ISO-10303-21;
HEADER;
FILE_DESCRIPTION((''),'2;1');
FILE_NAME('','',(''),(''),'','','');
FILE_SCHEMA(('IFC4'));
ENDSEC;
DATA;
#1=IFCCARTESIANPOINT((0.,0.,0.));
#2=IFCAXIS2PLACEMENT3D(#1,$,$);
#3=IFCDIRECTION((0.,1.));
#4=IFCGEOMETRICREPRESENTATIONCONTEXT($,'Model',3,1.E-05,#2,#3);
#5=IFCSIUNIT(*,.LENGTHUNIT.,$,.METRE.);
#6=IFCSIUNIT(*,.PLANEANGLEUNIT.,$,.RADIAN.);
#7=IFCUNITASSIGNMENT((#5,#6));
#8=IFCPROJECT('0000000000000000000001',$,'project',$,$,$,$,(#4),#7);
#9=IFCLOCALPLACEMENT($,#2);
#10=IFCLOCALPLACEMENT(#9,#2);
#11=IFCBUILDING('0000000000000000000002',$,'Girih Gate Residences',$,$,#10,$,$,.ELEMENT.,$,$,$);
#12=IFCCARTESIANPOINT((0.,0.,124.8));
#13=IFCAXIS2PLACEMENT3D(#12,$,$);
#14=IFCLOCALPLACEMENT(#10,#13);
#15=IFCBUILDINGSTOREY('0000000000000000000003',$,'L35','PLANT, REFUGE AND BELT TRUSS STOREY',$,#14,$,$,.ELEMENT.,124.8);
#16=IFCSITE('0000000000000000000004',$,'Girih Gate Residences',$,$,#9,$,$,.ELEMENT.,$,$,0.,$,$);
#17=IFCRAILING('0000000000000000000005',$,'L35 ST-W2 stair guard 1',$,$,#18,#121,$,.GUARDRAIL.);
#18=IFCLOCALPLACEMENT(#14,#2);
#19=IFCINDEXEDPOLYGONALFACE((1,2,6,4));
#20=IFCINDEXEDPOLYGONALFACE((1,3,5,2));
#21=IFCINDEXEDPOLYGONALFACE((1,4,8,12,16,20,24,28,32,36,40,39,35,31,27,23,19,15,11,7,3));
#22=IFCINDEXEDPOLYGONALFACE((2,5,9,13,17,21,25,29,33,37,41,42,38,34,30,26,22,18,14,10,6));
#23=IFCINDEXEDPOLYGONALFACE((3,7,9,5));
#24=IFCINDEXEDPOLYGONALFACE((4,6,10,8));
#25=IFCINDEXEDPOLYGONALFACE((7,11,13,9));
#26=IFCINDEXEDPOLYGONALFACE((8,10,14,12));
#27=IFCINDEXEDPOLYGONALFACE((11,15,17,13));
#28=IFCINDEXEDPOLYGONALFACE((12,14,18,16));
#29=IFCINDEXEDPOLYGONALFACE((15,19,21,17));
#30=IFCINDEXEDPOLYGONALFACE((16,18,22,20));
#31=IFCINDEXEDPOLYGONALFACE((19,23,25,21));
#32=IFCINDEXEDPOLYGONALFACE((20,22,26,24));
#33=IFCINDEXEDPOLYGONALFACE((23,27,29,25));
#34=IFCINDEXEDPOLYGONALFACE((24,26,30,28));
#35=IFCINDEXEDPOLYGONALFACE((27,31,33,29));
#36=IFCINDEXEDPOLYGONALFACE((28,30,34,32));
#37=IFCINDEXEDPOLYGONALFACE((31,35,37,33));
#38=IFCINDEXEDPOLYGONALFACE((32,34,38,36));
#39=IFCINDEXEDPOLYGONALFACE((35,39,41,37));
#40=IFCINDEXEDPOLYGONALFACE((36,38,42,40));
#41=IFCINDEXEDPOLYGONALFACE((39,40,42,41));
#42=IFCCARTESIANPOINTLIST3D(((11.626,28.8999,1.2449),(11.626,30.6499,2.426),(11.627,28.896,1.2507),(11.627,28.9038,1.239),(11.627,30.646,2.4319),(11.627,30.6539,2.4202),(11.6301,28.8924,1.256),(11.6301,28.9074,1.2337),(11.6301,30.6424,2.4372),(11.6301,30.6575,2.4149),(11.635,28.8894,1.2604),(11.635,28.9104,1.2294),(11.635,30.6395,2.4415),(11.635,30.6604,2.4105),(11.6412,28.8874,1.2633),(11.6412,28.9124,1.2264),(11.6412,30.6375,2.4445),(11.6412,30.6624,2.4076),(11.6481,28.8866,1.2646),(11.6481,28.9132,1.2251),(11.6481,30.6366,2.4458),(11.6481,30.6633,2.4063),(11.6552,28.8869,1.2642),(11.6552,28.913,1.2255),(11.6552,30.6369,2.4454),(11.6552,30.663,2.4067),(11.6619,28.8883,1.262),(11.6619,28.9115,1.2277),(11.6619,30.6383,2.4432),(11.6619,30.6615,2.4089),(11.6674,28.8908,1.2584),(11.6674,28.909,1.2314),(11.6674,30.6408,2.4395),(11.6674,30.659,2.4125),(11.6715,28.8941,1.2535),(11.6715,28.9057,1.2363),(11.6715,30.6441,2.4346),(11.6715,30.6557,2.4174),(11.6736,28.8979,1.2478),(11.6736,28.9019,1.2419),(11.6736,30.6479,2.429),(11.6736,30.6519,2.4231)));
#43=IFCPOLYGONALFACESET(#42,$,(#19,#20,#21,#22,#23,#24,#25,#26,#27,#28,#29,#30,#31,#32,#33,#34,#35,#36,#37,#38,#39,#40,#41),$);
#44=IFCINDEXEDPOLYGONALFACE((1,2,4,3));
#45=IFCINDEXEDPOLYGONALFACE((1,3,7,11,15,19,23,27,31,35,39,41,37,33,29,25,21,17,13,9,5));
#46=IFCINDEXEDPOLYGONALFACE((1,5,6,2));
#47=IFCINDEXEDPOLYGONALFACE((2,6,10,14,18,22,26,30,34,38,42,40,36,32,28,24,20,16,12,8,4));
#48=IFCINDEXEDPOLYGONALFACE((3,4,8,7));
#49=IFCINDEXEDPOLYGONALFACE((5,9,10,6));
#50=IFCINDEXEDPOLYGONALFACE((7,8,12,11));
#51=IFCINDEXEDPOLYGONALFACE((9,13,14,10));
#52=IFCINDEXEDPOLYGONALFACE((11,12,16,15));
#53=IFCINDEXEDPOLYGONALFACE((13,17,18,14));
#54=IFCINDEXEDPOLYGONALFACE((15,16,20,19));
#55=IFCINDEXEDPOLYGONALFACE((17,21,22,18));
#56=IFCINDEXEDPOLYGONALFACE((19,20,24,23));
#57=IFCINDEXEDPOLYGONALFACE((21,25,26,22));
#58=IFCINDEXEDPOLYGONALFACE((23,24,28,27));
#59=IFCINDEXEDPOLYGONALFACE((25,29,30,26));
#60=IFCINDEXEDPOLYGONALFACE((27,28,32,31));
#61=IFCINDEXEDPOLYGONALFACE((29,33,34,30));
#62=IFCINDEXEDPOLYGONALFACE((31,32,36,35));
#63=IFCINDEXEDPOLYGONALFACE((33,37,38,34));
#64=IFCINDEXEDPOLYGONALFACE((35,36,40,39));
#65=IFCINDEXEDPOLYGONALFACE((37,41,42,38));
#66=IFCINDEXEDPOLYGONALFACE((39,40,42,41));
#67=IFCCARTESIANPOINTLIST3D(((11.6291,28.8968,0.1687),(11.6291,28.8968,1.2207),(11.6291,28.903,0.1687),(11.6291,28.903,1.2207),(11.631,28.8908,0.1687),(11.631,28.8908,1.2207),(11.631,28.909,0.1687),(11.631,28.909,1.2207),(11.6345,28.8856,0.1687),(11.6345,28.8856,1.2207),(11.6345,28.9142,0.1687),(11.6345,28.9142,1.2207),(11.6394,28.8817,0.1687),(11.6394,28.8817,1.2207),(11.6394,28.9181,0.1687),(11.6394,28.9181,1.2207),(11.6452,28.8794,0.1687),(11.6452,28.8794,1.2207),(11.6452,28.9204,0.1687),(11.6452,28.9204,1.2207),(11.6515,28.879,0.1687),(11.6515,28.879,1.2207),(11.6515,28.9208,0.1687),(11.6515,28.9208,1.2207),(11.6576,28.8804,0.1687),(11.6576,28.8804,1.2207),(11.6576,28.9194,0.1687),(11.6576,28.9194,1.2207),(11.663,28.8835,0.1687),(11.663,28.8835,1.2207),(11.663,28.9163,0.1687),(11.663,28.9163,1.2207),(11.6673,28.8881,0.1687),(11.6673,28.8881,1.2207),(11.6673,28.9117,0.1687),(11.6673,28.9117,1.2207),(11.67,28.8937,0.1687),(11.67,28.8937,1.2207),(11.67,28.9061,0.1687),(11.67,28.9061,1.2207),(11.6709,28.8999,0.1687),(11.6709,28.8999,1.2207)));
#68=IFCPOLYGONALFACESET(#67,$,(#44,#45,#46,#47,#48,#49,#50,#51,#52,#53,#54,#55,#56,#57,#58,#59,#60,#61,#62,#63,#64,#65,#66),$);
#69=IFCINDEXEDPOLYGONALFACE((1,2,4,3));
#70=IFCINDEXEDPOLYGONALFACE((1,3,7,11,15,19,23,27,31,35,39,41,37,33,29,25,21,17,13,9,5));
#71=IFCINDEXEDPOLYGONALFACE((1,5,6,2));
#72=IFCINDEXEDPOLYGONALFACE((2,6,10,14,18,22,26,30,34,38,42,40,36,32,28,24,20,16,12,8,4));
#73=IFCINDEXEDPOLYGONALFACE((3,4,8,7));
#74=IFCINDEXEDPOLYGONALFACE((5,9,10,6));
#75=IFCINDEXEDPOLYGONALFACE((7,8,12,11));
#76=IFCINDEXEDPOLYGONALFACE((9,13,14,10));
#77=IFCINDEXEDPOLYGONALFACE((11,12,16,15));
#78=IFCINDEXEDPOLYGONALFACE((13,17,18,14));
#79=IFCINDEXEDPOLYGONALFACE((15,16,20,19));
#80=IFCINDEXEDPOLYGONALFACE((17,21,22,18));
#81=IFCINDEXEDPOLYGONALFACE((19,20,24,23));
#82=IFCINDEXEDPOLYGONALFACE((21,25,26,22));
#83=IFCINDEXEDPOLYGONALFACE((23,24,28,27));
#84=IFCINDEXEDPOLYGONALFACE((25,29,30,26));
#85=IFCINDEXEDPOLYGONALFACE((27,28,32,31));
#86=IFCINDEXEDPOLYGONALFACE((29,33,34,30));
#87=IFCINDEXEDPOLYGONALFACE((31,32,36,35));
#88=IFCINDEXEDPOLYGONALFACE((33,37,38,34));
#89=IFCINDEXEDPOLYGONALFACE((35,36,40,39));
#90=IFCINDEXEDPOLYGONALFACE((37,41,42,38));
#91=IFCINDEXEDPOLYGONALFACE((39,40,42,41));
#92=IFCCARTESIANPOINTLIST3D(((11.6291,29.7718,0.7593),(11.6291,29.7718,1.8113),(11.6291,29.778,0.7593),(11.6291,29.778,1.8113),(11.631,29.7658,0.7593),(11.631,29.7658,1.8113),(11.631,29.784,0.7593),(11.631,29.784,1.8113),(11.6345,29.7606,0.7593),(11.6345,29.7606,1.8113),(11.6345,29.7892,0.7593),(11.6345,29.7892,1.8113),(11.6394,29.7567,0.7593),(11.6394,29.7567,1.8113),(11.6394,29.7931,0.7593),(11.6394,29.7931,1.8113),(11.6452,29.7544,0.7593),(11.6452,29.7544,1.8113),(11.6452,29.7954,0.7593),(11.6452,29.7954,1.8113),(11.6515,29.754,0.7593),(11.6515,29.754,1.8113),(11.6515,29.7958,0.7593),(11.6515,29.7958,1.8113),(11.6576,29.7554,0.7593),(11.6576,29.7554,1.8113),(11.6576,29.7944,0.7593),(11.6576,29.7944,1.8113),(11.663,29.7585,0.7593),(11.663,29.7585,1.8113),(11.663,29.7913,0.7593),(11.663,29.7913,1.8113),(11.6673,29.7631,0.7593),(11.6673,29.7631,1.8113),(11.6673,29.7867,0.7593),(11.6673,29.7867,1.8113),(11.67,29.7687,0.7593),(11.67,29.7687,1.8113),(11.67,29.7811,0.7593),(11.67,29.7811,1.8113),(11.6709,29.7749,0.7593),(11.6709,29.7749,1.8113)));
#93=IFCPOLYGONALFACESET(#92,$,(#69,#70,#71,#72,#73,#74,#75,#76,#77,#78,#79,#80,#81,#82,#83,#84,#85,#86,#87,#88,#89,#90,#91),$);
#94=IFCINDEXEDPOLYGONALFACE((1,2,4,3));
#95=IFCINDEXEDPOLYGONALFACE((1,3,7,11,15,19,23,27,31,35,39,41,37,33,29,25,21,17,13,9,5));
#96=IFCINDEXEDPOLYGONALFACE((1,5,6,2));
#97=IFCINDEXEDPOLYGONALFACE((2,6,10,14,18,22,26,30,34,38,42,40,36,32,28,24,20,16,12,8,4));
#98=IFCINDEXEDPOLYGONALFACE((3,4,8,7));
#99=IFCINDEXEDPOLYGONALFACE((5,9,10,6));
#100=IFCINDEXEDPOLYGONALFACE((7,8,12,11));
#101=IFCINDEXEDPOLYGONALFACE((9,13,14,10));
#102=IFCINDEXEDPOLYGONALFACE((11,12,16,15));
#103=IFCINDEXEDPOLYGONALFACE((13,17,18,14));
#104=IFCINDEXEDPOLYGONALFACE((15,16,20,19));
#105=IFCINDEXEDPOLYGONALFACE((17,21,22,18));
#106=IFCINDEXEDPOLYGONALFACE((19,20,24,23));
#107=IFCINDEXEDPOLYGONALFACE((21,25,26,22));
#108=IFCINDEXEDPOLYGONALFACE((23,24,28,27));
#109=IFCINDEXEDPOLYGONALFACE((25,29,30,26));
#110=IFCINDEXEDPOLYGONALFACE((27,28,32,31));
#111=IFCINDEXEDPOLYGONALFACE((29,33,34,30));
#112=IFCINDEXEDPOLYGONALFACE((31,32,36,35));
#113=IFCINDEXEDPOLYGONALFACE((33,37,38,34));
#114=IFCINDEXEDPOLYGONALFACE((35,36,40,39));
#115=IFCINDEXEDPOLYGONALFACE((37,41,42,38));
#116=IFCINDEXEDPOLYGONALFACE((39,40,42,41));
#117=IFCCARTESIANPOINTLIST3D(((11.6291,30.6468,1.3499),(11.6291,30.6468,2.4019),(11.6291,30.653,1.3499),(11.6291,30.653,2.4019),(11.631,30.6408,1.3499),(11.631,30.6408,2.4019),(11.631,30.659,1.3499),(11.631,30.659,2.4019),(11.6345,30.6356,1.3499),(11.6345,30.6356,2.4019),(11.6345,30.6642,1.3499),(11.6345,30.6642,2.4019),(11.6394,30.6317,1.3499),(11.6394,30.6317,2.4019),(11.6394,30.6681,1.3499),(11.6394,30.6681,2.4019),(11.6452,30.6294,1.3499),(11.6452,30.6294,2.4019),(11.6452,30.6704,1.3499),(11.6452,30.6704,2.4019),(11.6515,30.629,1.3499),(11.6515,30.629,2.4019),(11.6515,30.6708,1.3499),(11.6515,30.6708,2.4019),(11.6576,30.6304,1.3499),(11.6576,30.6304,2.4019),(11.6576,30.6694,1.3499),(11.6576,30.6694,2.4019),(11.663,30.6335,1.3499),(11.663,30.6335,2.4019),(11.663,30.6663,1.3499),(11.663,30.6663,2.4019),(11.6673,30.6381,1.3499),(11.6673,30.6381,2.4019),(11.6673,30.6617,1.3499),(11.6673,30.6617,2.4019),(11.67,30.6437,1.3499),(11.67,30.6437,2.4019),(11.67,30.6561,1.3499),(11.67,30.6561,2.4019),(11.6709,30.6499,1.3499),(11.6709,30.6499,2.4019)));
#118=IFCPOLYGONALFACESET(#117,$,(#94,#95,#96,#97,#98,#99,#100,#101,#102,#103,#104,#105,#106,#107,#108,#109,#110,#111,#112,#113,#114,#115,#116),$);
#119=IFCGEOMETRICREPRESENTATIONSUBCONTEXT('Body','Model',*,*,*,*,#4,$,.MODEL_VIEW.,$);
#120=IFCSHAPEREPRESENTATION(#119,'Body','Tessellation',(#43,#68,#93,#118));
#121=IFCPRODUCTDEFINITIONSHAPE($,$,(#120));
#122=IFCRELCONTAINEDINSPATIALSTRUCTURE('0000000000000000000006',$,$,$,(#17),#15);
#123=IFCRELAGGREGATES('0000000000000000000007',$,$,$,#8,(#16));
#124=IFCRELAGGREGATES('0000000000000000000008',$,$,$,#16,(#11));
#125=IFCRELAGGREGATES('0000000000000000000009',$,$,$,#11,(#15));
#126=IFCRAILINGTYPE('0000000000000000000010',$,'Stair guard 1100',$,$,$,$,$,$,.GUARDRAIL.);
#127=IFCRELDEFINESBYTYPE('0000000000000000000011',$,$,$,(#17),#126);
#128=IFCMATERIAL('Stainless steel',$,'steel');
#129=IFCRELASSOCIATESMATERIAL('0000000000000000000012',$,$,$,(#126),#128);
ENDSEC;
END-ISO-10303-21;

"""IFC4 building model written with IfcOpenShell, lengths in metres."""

from ifc_helpers import new_model, si_unit, direction, frame, origin, origin_2d, place, context, subcontext, project, spatial, circle, extrude, material, type_object, element, save


model = new_model("IFC4")

# Units and contexts
model_context = context("Model", 3, precision=1e-05, world=origin(), true_north=direction((0.0, 1.0)))
body_context = subcontext(model_context, "Body", "Model", "MODEL_VIEW")
ifc_project = project(units=[si_unit("LENGTHUNIT", "METRE"), si_unit("PLANEANGLEUNIT", "RADIAN")], contexts=[model_context])

# Site, building, storey
site_placement = place(None, origin())
site = spatial("IfcSite", under=ifc_project, at=site_placement, Name="Girih Gate Residences", CompositionType="ELEMENT", RefElevation=0.0)
building_placement = place(site_placement, origin())
building = spatial("IfcBuilding", under=site, at=building_placement, Name="Girih Gate Residences", CompositionType="ELEMENT")
storey_placement = place(building_placement, frame((0.0, 0.0, 124.8)))
storey = spatial("IfcBuildingStorey", under=building, at=storey_placement, Name="L35", Description="PLANT, REFUGE AND BELT TRUSS STOREY", CompositionType="ELEMENT", Elevation=124.8)

# Railing
ifc_material_1 = material(Name="Stainless steel", Category="steel")
railing_type_1 = type_object("IfcRailingType", Name="Stair guard 1100", PredefinedType="GUARDRAIL", material=ifc_material_1)
railing_1_placement = place(storey_placement, frame((11.6499, 28.8999, 0.1687)))
element("IfcRailing", 1, at=railing_1_placement, inside=storey, type_object=railing_type_1, Name="L35 ST-W2 stair guard 1", PredefinedType="GUARDRAIL", context=body_context, shape_type="SweptSolid", body=[
    extrude(circle(Radius=0.0239, at=origin_2d()), frame((0.0, 0.0, 1.0762), z_axis=(0.0, 0.82887, 0.559441), x_axis=(-1.0, 0.0, 0.0)), (0.0, 0.0, 1.0), 2.1113),
    extrude(circle(Radius=0.021, at=origin_2d()), origin(), (0.0, 0.0, 1.0), 1.052),
    extrude(circle(Radius=0.021, at=origin_2d()), frame((0.0, 0.875, 0.5906)), (0.0, 0.0, 1.0), 1.052),
    extrude(circle(Radius=0.021, at=origin_2d()), frame((0.0, 1.75, 1.1812)), (0.0, 0.0, 1.0), 1.052),
])

save(model, "model.ifc")
